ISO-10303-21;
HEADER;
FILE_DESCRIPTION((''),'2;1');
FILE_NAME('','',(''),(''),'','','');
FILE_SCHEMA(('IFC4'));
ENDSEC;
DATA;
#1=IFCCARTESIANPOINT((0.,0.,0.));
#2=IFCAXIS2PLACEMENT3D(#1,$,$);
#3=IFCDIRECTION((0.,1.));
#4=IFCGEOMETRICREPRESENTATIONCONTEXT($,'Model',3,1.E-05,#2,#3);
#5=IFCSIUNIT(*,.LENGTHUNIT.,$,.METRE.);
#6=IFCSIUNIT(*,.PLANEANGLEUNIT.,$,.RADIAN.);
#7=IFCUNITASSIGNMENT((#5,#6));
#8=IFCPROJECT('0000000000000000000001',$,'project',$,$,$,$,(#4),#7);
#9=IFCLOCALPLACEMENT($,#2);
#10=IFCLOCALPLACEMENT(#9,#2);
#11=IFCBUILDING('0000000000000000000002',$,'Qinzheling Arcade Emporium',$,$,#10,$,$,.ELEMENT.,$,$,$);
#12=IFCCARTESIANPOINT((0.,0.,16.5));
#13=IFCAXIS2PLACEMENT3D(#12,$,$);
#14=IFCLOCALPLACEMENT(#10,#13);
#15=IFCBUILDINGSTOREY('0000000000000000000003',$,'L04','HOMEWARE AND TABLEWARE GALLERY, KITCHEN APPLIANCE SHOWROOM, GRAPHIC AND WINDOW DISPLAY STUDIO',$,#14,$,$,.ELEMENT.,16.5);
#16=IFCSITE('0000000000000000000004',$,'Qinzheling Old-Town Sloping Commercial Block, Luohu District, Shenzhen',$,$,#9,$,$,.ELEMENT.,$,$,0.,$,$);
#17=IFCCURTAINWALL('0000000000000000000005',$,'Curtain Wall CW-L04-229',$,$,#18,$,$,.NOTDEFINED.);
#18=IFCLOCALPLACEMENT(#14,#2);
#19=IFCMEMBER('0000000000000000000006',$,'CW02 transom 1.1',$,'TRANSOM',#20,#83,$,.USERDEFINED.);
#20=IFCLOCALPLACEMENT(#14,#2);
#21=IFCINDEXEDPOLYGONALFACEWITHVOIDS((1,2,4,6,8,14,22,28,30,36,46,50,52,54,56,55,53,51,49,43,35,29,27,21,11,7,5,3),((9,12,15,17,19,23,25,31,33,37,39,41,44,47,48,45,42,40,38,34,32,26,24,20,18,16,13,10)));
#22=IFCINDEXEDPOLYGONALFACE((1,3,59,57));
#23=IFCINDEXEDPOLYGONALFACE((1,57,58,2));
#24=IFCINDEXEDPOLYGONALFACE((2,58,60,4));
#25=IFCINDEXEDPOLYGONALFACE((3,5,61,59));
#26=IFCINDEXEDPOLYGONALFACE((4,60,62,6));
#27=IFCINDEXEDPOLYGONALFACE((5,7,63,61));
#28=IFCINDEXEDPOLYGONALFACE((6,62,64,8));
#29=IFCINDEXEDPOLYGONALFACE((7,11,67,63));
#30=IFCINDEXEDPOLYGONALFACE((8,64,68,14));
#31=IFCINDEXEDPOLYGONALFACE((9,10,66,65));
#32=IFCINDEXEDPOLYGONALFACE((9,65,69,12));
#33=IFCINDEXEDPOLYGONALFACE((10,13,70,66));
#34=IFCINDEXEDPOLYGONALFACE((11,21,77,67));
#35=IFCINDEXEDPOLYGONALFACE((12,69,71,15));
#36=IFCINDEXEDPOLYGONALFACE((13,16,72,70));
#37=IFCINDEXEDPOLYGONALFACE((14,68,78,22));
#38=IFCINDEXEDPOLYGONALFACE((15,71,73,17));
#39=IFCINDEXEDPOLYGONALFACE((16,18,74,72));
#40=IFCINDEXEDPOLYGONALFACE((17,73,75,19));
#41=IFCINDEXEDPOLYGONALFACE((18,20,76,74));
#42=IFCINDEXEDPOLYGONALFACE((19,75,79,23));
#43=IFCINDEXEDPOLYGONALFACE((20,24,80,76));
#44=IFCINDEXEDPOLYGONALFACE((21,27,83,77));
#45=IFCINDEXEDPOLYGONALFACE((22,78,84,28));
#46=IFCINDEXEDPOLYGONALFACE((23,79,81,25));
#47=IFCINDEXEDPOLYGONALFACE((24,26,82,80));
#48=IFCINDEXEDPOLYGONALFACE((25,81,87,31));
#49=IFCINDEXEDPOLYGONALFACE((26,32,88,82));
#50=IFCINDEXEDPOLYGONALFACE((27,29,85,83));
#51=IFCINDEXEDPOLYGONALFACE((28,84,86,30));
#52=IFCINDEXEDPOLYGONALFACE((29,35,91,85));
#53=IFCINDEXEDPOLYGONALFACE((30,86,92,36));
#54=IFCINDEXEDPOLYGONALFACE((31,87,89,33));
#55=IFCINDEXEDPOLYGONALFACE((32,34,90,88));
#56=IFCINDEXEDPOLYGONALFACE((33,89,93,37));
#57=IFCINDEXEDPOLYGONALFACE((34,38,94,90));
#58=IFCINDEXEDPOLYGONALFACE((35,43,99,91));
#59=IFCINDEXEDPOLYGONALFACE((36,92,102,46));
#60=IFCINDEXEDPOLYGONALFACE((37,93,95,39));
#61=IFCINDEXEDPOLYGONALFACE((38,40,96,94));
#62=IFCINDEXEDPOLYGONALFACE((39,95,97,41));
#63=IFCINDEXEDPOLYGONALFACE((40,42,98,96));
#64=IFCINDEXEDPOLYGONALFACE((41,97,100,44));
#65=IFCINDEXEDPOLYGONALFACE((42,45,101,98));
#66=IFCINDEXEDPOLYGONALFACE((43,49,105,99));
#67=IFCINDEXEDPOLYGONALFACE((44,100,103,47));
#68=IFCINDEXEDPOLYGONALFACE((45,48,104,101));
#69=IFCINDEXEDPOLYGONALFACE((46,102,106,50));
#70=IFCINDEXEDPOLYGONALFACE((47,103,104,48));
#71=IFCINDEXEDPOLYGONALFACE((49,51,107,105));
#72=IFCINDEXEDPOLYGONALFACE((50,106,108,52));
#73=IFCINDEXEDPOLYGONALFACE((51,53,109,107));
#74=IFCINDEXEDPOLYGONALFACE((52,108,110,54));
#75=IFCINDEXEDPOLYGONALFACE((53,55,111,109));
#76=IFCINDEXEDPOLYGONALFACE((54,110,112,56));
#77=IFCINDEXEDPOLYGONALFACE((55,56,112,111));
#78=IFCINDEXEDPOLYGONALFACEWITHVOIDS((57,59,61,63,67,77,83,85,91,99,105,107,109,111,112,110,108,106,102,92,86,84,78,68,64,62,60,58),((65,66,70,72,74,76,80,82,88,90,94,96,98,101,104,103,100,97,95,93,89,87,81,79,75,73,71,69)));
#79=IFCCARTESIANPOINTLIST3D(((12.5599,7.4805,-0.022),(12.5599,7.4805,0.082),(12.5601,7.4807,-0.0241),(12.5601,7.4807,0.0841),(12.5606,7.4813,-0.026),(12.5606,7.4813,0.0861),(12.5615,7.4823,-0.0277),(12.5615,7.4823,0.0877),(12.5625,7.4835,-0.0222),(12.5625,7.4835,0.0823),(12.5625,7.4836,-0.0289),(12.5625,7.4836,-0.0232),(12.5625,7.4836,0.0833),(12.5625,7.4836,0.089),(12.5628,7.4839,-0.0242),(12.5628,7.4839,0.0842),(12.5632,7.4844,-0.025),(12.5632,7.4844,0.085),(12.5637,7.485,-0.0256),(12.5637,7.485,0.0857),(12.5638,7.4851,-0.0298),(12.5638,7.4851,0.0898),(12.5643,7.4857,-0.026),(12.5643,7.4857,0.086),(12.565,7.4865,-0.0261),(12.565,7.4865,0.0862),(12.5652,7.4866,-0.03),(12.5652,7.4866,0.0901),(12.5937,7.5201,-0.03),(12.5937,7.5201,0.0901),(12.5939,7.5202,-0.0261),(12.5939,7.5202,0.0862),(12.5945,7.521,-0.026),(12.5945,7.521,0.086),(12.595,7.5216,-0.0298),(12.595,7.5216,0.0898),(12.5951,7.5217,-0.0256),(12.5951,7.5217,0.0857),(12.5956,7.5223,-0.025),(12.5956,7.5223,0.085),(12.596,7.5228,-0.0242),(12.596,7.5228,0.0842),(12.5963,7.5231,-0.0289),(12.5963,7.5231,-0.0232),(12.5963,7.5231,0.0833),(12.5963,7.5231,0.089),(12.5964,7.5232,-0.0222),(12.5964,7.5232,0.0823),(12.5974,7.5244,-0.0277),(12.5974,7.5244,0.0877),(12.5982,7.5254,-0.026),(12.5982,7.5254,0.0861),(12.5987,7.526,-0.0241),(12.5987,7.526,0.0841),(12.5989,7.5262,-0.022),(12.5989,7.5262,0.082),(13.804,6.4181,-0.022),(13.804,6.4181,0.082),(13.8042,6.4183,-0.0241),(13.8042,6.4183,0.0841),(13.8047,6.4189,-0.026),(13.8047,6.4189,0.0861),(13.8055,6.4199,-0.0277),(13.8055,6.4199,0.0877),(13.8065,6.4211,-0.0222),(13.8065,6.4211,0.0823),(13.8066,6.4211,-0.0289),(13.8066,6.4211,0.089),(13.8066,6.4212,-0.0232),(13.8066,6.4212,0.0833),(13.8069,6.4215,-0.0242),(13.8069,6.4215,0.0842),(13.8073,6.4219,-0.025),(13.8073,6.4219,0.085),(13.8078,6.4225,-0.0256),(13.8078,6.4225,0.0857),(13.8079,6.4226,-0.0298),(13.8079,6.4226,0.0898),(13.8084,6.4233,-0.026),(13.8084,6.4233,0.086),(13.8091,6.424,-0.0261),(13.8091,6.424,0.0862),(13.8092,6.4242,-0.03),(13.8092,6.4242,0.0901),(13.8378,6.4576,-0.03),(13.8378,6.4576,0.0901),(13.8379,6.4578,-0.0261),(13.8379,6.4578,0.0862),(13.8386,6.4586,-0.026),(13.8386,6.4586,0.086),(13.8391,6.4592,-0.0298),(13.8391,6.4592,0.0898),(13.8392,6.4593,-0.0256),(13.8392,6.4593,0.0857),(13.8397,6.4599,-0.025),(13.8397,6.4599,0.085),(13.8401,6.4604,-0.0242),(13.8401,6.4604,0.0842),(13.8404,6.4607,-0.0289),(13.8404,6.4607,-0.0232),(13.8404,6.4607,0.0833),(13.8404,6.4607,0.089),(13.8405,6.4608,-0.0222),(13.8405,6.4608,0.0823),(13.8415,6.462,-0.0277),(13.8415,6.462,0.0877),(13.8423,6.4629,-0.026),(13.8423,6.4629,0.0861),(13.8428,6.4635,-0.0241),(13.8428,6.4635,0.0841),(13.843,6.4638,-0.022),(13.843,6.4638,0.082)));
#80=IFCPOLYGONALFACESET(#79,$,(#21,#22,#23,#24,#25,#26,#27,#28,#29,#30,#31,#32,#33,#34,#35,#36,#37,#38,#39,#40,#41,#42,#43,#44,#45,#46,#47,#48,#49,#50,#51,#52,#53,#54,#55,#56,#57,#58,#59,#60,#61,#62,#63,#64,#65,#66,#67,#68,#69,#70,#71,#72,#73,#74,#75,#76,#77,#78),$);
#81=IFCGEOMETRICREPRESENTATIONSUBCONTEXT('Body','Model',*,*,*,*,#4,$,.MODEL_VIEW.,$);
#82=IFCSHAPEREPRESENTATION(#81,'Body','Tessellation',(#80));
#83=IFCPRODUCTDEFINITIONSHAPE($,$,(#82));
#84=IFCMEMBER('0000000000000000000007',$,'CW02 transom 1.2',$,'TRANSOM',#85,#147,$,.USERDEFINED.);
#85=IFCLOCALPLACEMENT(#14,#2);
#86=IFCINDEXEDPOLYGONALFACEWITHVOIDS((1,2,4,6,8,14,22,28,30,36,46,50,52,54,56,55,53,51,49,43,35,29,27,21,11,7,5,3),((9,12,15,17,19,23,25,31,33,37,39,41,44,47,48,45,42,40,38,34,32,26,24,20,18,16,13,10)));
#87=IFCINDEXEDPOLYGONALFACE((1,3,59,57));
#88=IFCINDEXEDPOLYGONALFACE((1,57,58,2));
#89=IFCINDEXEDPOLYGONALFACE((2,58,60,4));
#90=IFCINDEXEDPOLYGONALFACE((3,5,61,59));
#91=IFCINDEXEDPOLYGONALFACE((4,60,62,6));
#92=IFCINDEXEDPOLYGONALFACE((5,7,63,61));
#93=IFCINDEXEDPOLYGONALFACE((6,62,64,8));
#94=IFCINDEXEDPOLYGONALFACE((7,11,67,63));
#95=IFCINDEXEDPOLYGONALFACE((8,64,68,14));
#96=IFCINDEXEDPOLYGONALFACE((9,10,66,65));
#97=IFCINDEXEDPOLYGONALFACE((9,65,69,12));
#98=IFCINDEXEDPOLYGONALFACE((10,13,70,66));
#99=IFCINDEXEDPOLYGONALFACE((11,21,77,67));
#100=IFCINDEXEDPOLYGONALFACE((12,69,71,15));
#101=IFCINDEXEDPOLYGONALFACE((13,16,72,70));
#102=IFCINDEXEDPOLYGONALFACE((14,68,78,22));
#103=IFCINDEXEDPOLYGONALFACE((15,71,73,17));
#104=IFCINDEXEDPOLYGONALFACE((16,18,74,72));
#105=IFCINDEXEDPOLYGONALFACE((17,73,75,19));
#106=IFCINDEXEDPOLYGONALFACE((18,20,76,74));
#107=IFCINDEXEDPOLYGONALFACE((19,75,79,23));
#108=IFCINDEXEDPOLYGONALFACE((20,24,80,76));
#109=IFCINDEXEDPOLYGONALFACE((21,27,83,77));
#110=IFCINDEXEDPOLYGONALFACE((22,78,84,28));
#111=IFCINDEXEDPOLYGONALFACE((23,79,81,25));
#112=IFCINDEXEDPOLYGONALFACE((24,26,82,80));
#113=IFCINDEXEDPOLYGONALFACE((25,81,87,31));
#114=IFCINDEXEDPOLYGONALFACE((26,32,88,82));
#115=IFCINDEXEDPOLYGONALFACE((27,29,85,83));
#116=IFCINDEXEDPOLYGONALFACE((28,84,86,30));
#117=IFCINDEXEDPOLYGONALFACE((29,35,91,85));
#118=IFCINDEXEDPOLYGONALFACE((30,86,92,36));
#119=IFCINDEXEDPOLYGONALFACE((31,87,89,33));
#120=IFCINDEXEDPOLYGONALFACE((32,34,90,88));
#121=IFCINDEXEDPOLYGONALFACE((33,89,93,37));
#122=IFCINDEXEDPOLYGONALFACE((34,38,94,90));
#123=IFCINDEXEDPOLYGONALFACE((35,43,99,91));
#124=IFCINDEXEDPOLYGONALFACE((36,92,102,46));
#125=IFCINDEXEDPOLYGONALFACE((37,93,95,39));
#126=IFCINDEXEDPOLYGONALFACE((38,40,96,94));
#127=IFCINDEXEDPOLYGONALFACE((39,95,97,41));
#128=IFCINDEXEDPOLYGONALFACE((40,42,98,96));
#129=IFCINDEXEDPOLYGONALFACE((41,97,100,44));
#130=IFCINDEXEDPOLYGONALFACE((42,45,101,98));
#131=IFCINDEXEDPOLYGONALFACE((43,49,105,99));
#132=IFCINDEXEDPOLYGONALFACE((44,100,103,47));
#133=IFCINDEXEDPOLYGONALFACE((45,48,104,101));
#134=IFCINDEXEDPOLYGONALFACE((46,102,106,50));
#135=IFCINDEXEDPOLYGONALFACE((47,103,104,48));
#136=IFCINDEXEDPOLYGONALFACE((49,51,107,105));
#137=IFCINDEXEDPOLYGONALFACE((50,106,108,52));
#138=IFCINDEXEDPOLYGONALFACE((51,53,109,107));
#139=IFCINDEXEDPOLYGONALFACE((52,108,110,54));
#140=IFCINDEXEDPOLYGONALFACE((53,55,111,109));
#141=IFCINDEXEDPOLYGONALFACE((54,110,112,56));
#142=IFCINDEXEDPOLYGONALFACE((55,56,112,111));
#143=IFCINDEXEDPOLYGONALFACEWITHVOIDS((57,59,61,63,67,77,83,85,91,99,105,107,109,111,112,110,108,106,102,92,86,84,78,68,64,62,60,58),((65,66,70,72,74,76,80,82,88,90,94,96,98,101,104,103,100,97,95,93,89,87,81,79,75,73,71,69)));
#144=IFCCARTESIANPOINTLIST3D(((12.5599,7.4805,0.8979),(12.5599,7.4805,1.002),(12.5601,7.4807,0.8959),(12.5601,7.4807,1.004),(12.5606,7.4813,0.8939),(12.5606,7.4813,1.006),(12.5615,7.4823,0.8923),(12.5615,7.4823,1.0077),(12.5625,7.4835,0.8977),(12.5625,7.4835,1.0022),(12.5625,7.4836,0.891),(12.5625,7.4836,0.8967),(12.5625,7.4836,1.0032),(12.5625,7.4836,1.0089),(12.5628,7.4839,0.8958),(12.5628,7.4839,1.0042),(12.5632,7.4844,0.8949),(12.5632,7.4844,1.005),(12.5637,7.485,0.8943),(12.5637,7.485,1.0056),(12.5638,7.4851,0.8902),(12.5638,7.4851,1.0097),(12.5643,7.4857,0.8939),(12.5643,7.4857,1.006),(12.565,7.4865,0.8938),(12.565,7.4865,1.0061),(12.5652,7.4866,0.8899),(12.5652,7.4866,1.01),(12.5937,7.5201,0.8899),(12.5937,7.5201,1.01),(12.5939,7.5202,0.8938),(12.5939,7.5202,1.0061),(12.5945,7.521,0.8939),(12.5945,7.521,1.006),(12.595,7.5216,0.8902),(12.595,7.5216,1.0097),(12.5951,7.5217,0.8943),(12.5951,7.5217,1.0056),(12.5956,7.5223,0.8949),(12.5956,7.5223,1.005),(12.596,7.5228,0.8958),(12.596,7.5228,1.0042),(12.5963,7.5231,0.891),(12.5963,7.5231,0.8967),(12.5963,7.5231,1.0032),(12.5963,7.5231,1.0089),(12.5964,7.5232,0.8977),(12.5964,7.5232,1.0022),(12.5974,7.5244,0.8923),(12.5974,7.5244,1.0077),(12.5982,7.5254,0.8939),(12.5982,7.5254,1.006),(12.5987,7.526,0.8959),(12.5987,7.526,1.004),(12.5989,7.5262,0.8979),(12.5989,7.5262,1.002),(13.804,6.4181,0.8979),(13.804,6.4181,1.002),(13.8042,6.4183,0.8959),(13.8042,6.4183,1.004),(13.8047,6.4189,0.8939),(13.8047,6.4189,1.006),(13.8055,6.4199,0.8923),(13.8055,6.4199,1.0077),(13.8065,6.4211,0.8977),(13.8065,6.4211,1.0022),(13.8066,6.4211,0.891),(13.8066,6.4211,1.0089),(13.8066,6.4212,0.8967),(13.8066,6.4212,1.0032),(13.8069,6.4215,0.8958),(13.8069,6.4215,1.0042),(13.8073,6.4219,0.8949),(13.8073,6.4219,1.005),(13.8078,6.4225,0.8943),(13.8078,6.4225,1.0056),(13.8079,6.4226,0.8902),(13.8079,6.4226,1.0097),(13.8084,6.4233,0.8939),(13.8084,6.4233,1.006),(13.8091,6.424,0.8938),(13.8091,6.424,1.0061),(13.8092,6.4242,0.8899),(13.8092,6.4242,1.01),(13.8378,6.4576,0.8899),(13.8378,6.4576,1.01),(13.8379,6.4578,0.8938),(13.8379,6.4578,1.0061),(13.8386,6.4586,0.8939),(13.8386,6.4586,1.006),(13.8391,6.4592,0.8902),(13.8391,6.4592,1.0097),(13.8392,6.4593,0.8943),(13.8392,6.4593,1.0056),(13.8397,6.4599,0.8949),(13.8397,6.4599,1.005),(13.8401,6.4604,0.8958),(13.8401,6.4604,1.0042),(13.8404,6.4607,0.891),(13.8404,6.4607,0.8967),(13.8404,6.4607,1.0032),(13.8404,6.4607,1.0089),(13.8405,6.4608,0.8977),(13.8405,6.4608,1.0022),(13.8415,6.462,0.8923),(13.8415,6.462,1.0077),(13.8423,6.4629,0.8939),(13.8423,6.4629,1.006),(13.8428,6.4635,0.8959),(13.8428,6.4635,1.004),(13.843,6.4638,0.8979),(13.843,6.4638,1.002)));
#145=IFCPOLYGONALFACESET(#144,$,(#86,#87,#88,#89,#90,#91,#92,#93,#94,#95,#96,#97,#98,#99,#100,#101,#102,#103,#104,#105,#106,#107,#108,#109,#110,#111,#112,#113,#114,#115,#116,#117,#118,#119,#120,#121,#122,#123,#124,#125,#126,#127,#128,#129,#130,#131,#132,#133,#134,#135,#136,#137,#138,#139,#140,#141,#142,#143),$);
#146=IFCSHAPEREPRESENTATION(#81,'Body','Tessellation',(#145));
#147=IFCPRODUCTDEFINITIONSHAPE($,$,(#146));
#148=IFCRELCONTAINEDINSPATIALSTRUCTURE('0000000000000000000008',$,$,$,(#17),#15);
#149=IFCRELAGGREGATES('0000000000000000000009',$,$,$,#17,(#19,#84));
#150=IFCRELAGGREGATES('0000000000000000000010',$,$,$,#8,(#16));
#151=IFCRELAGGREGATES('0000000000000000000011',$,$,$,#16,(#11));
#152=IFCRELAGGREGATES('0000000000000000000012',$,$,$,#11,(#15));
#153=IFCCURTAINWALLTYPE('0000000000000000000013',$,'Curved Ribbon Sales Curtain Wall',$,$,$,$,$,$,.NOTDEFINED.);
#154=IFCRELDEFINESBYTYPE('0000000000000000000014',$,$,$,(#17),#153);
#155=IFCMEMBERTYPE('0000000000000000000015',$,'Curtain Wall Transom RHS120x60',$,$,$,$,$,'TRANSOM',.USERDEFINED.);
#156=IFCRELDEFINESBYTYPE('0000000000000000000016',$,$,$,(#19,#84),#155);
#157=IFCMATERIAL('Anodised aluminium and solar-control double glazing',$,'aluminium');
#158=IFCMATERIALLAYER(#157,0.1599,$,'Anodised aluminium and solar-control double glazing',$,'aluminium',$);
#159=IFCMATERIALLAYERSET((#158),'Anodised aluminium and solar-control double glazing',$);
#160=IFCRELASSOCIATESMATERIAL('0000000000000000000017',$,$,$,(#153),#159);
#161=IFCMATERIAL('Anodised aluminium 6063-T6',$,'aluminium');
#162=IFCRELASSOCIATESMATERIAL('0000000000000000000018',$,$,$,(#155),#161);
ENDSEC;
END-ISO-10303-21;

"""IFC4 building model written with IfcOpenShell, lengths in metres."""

from ifc_helpers import new_model, si_unit, direction, frame, origin, origin_2d, place, context, subcontext, project, spatial, hollow_rectangle, extrude, material, layer, layer_set, material_profile, profile_set, type_object, element, aggregate, save


model = new_model("IFC4")

# Units and contexts
model_context = context("Model", 3, precision=1e-05, world=origin(), true_north=direction((0.0, 1.0)))
body_context = subcontext(model_context, "Body", "Model", "MODEL_VIEW")
ifc_project = project(units=[si_unit("LENGTHUNIT", "METRE"), si_unit("PLANEANGLEUNIT", "RADIAN")], contexts=[model_context])

# Site, building, storey
site_placement = place(None, origin())
site = spatial("IfcSite", under=ifc_project, at=site_placement, Name="Qinzheling Old-Town Sloping Commercial Block, Luohu District, Shenzhen", CompositionType="ELEMENT", RefElevation=0.0)
building_placement = place(site_placement, origin())
building = spatial("IfcBuilding", under=site, at=building_placement, Name="Qinzheling Arcade Emporium", CompositionType="ELEMENT")
storey_placement = place(building_placement, frame((0.0, 0.0, 16.5)))
storey = spatial("IfcBuildingStorey", under=building, at=storey_placement, Name="L04", Description="HOMEWARE AND TABLEWARE GALLERY, KITCHEN APPLIANCE SHOWROOM, GRAPHIC AND WINDOW DISPLAY STUDIO", CompositionType="ELEMENT", Elevation=16.5)

# Shared definitions
ifc_material_1 = material(Name="Anodised aluminium and solar-control double glazing", Category="aluminium")
ifc_layer_1 = layer(ifc_material_1, 0.1599, Name="Anodised aluminium and solar-control double glazing", Category="aluminium")
ifc_layer_set_1 = layer_set([ifc_layer_1], Name="Anodised aluminium and solar-control double glazing")
curtain_wall_type = type_object("IfcCurtainWallType", Name="Curved Ribbon Sales Curtain Wall", PredefinedType="NOTDEFINED", material=ifc_layer_set_1)
ifc_material_2 = material(Name="Anodised aluminium 6063-T6", Category="aluminium")

# Curtain wall
curtain_wall_1_placement = place(storey_placement, origin())
curtain_wall_1 = element("IfcCurtainWall", 1, at=curtain_wall_1_placement, inside=storey, type_object=curtain_wall_type, Name="Curtain Wall CW-L04-229", PredefinedType="NOTDEFINED")

# Members
ifc_material_profile_1 = material_profile(ifc_material_2, hollow_rectangle(XDim=0.0601, YDim=0.1201, WallThickness=0.0039, InnerFilletRadius=0.0039, OuterFilletRadius=0.0081, at=origin_2d()), Name="RHS 120x60x4", Category="aluminium")
ifc_profile_set_1 = profile_set([ifc_material_profile_1], Name="Anodised aluminium 6063-T6")
member_type_1 = type_object("IfcMemberType", Name="Curtain Wall Transom RHS120x60", ElementType="TRANSOM", PredefinedType="USERDEFINED", material=ifc_profile_set_1)
member_1_placement = place(storey_placement, frame((13.8235, 6.4409, 0.03), z_axis=(-0.760435, 0.649414, 0.0), x_axis=(-0.649414, -0.760435, 0.0)))
member_1 = element("IfcMember", 2, at=member_1_placement, type_object=member_type_1, Name="CW02 transom 1.1", ObjectType="TRANSOM", PredefinedType="USERDEFINED", context=body_context, shape_type="SweptSolid", body=[
    extrude(hollow_rectangle(XDim=0.0601, YDim=0.1201, WallThickness=0.0039, InnerFilletRadius=0.0039, OuterFilletRadius=0.0081, at=origin_2d()), origin(), (0.0, 0.0, 1.0), 1.636),
])
member_2_placement = place(storey_placement, frame((13.8235, 6.4409, 0.95), z_axis=(-0.760435, 0.649414, 0.0), x_axis=(-0.649414, -0.760435, 0.0)))
member_2 = element("IfcMember", 3, at=member_2_placement, type_object=member_type_1, Name="CW02 transom 1.2", ObjectType="TRANSOM", PredefinedType="USERDEFINED", context=body_context, shape_type="SweptSolid", body=[
    extrude(hollow_rectangle(XDim=0.0601, YDim=0.1201, WallThickness=0.0039, InnerFilletRadius=0.0039, OuterFilletRadius=0.0081, at=origin_2d()), origin(), (0.0, 0.0, 1.0), 1.636),
])

aggregate(curtain_wall_1, [member_1, member_2])

save(model, "model.ifc")
